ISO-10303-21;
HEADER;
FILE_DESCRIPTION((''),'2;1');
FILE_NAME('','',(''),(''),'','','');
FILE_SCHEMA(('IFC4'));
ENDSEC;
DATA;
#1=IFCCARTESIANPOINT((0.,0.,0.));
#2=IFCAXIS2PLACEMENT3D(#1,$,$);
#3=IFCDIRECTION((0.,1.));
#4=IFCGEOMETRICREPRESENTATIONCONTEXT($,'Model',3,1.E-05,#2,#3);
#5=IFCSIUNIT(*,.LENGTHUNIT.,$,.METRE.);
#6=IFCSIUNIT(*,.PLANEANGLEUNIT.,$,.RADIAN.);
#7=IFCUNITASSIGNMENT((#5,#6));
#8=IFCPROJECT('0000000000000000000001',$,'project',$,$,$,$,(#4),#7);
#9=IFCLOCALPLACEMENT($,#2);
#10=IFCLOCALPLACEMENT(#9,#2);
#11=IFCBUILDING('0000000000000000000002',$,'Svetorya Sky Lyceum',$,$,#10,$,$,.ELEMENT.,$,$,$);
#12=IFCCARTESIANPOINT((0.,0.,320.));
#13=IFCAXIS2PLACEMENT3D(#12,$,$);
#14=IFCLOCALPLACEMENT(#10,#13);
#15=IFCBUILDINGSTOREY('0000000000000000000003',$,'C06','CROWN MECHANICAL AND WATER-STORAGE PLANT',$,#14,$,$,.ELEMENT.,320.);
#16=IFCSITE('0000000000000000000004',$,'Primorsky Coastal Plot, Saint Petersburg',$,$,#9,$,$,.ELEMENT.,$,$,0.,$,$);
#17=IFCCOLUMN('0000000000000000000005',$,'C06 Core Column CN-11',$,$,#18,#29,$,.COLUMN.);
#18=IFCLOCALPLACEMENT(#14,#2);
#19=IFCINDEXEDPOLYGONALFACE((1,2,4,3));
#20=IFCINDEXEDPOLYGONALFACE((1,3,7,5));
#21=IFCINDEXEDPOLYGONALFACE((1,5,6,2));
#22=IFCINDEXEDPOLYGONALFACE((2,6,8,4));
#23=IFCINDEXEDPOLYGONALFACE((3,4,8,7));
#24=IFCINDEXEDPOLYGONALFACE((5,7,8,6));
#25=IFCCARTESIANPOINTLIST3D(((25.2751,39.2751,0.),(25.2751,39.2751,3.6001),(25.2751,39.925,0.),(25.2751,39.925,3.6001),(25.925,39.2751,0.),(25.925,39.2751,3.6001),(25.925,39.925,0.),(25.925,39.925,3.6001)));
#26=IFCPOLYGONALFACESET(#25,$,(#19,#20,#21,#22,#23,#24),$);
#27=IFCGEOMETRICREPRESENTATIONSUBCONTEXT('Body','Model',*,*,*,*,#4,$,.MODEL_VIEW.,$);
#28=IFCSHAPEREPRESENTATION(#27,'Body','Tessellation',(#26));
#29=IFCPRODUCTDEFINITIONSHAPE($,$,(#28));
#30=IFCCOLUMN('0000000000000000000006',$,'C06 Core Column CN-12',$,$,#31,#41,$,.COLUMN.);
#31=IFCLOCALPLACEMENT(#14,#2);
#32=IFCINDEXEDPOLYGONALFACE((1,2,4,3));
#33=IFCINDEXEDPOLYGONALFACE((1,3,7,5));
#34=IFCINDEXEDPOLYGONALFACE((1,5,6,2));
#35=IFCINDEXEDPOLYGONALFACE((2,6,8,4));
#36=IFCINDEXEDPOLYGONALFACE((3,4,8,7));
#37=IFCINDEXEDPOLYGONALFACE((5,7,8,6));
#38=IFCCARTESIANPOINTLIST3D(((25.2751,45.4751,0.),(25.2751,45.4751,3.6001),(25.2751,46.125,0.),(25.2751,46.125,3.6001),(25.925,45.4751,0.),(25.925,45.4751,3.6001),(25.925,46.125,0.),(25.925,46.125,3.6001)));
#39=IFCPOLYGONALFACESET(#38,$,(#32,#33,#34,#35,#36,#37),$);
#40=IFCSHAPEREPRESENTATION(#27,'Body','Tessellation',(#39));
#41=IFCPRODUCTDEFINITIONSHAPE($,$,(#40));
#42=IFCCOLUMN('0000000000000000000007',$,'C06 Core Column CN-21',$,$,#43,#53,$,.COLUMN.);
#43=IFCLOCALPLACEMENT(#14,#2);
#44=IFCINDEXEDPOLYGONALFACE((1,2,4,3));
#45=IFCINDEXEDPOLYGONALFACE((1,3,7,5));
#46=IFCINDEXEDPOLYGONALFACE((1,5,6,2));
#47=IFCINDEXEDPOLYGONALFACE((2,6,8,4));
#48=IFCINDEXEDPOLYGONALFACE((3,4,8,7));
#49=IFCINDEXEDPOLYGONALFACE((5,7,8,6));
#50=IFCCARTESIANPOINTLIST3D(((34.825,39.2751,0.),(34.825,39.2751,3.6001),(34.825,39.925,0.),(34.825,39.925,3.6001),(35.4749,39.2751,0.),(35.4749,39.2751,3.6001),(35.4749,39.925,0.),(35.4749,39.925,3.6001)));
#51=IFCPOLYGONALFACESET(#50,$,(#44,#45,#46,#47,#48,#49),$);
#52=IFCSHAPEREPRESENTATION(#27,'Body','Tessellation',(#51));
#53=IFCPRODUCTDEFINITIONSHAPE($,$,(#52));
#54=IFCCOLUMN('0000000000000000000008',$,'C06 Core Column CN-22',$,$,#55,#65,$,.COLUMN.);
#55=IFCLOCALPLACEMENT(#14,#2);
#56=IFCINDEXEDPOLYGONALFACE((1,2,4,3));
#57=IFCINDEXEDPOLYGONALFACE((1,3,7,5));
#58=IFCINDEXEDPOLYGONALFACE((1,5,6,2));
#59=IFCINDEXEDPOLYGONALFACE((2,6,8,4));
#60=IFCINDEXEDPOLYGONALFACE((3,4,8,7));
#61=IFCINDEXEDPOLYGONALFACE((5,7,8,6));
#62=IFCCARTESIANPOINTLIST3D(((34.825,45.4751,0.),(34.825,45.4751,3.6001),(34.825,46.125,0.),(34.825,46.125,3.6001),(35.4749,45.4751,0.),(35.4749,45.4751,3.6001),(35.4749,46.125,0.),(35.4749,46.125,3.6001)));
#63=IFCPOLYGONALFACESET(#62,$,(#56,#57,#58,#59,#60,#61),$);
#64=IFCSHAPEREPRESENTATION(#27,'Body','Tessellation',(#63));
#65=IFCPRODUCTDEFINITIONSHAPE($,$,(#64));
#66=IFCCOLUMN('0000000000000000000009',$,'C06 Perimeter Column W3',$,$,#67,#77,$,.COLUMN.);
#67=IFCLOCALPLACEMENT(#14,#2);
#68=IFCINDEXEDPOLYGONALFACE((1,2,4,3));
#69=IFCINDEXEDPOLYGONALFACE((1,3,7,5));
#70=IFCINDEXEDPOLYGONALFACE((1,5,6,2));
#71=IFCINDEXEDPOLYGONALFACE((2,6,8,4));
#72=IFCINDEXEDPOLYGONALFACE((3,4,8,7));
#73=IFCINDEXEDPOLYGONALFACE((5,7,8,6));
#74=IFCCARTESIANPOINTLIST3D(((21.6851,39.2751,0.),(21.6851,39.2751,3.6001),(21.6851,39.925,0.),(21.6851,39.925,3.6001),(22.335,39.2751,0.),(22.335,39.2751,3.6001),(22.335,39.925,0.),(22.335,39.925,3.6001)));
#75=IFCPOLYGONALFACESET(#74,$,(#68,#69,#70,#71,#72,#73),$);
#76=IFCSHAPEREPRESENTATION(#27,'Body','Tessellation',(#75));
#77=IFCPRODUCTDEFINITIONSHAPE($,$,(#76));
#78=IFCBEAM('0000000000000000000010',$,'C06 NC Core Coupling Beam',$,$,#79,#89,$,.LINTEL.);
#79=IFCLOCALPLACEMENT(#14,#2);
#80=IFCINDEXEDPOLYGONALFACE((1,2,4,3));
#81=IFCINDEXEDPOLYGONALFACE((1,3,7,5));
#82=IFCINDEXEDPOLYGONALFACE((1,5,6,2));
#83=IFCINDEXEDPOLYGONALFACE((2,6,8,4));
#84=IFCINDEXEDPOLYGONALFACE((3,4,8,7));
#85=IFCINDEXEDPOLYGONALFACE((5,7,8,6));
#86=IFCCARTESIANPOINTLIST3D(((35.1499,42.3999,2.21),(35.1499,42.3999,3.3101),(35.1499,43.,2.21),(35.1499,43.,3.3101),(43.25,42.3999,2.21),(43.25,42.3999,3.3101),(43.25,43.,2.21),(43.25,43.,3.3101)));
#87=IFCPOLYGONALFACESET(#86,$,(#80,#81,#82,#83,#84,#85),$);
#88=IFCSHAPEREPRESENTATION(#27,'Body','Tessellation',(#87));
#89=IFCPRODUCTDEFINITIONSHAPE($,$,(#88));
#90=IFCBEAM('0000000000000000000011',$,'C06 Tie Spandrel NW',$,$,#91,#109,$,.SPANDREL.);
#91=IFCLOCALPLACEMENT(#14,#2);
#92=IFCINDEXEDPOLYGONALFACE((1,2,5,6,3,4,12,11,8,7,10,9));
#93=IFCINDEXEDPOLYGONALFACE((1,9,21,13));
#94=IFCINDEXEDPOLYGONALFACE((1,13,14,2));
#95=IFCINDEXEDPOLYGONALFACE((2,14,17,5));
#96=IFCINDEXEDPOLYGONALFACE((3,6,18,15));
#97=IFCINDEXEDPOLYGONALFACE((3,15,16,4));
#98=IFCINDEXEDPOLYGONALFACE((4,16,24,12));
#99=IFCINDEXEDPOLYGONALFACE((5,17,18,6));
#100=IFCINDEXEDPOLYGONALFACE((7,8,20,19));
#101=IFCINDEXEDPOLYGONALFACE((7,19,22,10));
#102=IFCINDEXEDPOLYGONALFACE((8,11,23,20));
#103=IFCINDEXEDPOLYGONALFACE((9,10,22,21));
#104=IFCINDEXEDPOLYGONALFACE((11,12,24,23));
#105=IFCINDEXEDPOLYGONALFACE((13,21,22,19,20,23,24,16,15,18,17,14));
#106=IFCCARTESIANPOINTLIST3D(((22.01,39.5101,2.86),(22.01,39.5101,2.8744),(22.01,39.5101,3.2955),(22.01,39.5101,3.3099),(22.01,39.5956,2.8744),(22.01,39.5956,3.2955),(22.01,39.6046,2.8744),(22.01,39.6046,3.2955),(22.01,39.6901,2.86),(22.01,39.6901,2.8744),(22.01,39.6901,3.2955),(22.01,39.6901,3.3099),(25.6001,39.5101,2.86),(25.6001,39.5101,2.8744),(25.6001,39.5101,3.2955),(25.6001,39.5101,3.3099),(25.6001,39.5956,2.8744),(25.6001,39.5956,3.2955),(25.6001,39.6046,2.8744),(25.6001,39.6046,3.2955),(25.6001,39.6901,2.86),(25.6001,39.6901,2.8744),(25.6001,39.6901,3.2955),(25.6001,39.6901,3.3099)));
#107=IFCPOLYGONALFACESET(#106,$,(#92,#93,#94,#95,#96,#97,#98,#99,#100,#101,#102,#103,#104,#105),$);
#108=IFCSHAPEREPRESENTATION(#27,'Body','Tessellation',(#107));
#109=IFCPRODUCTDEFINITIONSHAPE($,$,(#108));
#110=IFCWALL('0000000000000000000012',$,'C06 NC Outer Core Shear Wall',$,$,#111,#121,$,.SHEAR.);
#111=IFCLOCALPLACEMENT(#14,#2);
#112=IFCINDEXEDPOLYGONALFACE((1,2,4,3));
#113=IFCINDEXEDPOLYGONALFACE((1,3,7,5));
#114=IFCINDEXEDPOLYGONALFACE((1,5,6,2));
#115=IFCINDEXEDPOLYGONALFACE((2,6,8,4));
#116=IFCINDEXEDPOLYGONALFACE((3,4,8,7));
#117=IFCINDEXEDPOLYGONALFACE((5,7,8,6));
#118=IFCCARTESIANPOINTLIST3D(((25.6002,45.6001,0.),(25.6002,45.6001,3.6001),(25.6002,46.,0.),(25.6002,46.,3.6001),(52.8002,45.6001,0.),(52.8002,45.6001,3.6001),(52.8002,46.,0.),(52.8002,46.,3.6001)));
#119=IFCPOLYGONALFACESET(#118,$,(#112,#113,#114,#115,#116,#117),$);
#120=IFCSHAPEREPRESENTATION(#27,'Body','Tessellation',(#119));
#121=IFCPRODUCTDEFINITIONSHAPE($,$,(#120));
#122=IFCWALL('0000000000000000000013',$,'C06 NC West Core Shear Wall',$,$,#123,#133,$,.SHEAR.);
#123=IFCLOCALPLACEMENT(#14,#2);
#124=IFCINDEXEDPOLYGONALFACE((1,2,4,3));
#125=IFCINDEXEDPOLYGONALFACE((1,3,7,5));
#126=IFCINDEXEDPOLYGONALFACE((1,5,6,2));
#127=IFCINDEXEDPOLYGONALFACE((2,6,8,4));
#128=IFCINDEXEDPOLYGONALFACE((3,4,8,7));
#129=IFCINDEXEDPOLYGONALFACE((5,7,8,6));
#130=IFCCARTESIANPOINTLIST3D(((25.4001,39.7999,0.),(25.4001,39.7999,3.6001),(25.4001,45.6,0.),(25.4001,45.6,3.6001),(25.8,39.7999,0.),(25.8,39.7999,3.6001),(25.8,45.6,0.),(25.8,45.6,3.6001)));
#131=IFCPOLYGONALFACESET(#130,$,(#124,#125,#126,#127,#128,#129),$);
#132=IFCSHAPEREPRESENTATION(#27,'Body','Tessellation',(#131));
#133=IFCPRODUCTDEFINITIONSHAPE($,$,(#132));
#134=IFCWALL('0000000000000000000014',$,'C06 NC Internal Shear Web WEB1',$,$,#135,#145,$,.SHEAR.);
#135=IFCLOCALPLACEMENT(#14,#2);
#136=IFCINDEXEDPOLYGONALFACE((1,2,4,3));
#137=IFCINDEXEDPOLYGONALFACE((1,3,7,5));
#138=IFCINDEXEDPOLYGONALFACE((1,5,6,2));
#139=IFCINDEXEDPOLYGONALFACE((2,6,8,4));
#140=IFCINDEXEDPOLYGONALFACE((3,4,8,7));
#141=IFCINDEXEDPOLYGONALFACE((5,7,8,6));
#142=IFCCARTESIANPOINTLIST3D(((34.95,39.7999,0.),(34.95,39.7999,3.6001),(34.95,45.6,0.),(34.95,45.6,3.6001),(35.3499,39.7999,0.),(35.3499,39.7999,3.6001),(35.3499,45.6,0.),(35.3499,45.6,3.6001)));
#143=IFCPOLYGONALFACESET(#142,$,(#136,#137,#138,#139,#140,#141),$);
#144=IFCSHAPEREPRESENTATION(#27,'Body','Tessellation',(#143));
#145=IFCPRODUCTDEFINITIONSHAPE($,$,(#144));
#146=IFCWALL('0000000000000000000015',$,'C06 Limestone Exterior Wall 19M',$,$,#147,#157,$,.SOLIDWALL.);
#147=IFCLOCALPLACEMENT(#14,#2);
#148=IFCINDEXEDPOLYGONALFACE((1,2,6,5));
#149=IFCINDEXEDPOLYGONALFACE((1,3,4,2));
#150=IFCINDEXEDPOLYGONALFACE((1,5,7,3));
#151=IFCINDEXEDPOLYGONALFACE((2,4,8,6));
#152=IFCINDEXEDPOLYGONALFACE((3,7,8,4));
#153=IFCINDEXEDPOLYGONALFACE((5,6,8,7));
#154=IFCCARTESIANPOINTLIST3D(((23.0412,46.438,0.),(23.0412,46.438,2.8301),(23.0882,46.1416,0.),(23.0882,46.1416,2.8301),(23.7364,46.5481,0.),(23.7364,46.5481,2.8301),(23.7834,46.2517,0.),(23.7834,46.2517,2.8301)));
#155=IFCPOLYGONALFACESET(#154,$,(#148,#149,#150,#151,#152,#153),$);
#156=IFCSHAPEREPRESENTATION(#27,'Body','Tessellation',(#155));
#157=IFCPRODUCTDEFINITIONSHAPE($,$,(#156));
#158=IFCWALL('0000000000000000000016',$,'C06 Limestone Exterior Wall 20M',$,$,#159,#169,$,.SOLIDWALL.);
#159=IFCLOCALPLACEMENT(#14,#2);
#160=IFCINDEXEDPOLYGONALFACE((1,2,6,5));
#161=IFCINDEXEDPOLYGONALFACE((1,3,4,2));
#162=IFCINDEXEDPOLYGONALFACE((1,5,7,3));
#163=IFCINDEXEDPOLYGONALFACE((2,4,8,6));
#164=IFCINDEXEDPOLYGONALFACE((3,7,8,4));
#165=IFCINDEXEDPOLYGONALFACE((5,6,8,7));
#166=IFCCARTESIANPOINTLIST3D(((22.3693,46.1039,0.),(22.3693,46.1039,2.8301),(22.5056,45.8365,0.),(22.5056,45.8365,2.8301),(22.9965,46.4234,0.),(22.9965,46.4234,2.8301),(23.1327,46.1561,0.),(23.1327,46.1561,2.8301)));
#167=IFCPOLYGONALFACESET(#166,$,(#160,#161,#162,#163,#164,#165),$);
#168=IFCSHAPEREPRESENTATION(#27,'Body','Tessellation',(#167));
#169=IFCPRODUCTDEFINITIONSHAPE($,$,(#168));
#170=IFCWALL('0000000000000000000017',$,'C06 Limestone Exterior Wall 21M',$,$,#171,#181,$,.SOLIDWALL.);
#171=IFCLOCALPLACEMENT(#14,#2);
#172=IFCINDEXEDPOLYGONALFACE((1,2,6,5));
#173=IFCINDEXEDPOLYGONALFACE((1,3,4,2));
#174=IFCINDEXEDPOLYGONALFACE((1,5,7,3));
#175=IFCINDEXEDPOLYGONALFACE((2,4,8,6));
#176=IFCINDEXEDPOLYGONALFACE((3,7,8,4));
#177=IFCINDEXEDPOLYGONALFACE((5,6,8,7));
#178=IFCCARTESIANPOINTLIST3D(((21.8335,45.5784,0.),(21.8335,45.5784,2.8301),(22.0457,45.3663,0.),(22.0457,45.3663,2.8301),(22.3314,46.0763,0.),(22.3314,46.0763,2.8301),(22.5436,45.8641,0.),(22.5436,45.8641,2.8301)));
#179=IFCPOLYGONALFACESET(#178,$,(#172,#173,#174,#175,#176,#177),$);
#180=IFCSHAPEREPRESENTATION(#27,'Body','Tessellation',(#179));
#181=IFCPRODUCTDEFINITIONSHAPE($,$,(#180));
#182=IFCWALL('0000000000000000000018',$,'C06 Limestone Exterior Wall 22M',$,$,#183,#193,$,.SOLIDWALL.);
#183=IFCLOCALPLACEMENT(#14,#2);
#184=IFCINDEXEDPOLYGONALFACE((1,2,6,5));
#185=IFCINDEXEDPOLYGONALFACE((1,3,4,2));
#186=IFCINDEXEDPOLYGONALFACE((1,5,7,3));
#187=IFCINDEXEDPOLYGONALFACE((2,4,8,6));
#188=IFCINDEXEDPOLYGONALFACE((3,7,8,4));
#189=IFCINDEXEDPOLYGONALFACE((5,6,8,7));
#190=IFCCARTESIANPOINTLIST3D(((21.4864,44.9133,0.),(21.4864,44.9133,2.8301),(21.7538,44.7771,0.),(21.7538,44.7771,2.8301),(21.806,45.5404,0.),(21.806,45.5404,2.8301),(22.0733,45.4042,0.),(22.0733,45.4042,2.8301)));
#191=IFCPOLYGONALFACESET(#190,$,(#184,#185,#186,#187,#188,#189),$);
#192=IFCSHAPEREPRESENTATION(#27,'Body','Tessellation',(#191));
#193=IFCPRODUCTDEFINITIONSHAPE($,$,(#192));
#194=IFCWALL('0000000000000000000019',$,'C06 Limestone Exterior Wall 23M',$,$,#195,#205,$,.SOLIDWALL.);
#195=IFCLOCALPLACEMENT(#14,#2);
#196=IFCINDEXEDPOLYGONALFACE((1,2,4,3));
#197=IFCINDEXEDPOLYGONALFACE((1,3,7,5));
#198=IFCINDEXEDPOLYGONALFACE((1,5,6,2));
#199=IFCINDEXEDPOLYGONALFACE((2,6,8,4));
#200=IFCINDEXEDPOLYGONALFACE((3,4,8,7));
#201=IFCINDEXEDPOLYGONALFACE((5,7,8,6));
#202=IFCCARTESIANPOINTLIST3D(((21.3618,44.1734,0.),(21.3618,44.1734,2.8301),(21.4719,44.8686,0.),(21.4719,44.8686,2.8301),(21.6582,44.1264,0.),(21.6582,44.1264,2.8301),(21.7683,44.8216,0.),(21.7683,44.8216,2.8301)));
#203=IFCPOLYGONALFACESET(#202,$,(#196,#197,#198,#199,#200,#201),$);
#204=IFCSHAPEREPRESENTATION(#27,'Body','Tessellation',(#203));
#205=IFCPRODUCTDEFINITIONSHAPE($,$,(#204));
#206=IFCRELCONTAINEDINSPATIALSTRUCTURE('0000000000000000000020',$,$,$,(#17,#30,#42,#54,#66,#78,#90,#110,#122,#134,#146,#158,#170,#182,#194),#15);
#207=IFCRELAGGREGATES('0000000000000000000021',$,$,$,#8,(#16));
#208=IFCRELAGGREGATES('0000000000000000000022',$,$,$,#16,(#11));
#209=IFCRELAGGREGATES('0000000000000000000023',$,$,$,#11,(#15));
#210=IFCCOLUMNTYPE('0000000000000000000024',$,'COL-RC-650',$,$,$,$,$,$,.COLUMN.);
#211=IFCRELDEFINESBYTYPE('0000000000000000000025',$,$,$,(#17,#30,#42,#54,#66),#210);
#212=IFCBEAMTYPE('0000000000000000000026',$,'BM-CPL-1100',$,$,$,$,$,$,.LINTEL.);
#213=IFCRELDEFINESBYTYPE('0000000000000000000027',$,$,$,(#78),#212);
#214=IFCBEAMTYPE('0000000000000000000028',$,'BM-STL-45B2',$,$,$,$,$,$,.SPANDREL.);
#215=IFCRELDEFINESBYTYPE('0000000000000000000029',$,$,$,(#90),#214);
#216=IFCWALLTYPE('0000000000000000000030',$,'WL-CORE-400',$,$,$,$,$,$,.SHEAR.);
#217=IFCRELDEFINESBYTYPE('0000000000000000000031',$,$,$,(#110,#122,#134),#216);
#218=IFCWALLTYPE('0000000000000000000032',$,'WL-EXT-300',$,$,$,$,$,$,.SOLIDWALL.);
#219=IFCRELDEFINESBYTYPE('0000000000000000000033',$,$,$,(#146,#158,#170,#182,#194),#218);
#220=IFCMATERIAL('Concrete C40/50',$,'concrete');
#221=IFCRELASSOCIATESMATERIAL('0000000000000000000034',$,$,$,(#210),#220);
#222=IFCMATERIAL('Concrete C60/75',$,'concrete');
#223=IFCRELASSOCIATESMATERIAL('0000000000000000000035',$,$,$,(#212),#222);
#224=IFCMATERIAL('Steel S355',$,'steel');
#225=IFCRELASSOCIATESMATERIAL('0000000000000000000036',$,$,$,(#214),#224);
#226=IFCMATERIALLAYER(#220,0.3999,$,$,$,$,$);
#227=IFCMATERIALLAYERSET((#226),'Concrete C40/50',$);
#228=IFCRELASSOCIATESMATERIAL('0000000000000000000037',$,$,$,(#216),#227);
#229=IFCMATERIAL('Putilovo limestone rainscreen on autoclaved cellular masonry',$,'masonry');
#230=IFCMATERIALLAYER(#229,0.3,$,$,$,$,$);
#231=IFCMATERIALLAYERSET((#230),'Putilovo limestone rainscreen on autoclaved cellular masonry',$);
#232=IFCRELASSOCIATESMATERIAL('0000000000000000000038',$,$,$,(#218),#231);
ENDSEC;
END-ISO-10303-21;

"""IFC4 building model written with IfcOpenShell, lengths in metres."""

from ifc_helpers import new_model, si_unit, direction, frame, frame_2d, origin, origin_2d, place, context, subcontext, project, spatial, rectangle, i_section, extrude, material, layer, layer_set, material_profile, profile_set, type_object, element, save


model = new_model("IFC4")

# Units and contexts
model_context = context("Model", 3, precision=1e-05, world=origin(), true_north=direction((0.0, 1.0)))
body_context = subcontext(model_context, "Body", "Model", "MODEL_VIEW")
ifc_project = project(units=[si_unit("LENGTHUNIT", "METRE"), si_unit("PLANEANGLEUNIT", "RADIAN")], contexts=[model_context])

# Site, building, storey
site_placement = place(None, origin())
site = spatial("IfcSite", under=ifc_project, at=site_placement, Name="Primorsky Coastal Plot, Saint Petersburg", CompositionType="ELEMENT", RefElevation=0.0)
building_placement = place(site_placement, origin())
building = spatial("IfcBuilding", under=site, at=building_placement, Name="Svetorya Sky Lyceum", CompositionType="ELEMENT")
storey_placement = place(building_placement, frame((0.0, 0.0, 320.0)))
storey = spatial("IfcBuildingStorey", under=building, at=storey_placement, Name="C06", Description="CROWN MECHANICAL AND WATER-STORAGE PLANT", CompositionType="ELEMENT", Elevation=320.0)

# Columns
ifc_material_1 = material(Name="Concrete C40/50", Category="concrete")
ifc_material_profile_1 = material_profile(ifc_material_1, rectangle(XDim=0.6499, YDim=0.6499, at=origin_2d()), Name="RC COL 650x650")
ifc_profile_set_1 = profile_set([ifc_material_profile_1], Name="Concrete C40/50")
column_type = type_object("IfcColumnType", Name="COL-RC-650", PredefinedType="COLUMN", material=ifc_profile_set_1)
for number, where, z_axis, x_axis, name in (
    (1, (25.6001, 39.6001, 0.0), (0.0, 0.0, 1.0), (1.0, 0.0, 0.0), "C06 Core Column CN-11"),
    (2, (25.6001, 45.8, 0.0), (0.0, 0.0, 1.0), (1.0, 0.0, 0.0), "C06 Core Column CN-12"),
    (3, (35.1499, 39.6001, 0.0), (0.0, 0.0, 1.0), (1.0, 0.0, 0.0), "C06 Core Column CN-21"),
    (4, (35.1499, 45.8, 0.0), (0.0, 0.0, 1.0), (1.0, 0.0, 0.0), "C06 Core Column CN-22"),
    (5, (22.01, 39.6001, 0.0), (0.0, 0.0, 1.0), (1.0, 0.0, 0.0), "C06 Perimeter Column W3"),
):
    element("IfcColumn", number, at=place(storey_placement, frame(where, z_axis=z_axis, x_axis=x_axis)), inside=storey, type_object=column_type, Name=name, PredefinedType="COLUMN", context=body_context, shape_type="SweptSolid", body=[
        extrude(rectangle(XDim=0.6499, YDim=0.6499, at=origin_2d()), origin(), (0.0, 0.0, 1.0), 3.6001),
    ])

# Beams
ifc_material_2 = material(Name="Concrete C60/75", Category="concrete")
ifc_material_profile_2 = material_profile(ifc_material_2, rectangle(XDim=0.6001, YDim=1.1001, at=origin_2d()), Name="RC COUPLING 600x1100")
ifc_profile_set_2 = profile_set([ifc_material_profile_2], Name="Concrete C60/75")
beam_type_1 = type_object("IfcBeamType", Name="BM-CPL-1100", PredefinedType="LINTEL", material=ifc_profile_set_2)
beam_1_placement = place(storey_placement, frame((35.1499, 42.7, 2.76), z_axis=(1.0, 0.0, 0.0), x_axis=(0.0, 1.0, 0.0)))
element("IfcBeam", 6, at=beam_1_placement, inside=storey, type_object=beam_type_1, Name="C06 NC Core Coupling Beam", PredefinedType="LINTEL", context=body_context, shape_type="SweptSolid", body=[
    extrude(rectangle(XDim=0.6001, YDim=1.1001, at=origin_2d()), origin(), (0.0, 0.0, 1.0), 8.1001),
])
ifc_material_3 = material(Name="Steel S355", Category="steel")
ifc_material_profile_3 = material_profile(ifc_material_3, i_section(OverallWidth=0.1799, OverallDepth=0.45, WebThickness=0.009, FlangeThickness=0.0144, at=origin_2d()), Name="GOST 45B2")
ifc_profile_set_3 = profile_set([ifc_material_profile_3], Name="Steel S355")
beam_type_2 = type_object("IfcBeamType", Name="BM-STL-45B2", PredefinedType="SPANDREL", material=ifc_profile_set_3)
beam_2_placement = place(storey_placement, frame((22.01, 39.6001, 3.085), z_axis=(1.0, 0.0, 0.0), x_axis=(0.0, 1.0, 0.0)))
element("IfcBeam", 7, at=beam_2_placement, inside=storey, type_object=beam_type_2, Name="C06 Tie Spandrel NW", PredefinedType="SPANDREL", context=body_context, shape_type="SweptSolid", body=[
    extrude(i_section(OverallWidth=0.1799, OverallDepth=0.45, WebThickness=0.009, FlangeThickness=0.0144, at=origin_2d()), origin(), (0.0, 0.0, 1.0), 3.5901),
])

# Walls
ifc_layer_1 = layer(ifc_material_1, 0.3999)
ifc_layer_set_1 = layer_set([ifc_layer_1], Name="Concrete C40/50")
wall_type_1 = type_object("IfcWallType", Name="WL-CORE-400", PredefinedType="SHEAR", material=ifc_layer_set_1)
wall_1_placement = place(storey_placement, frame((25.6001, 45.8, 0.0), z_axis=(0.0, 0.0, 1.0), x_axis=(1.0, 0.0, 0.0)))
element("IfcWall", 8, at=wall_1_placement, inside=storey, type_object=wall_type_1, Name="C06 NC Outer Core Shear Wall", PredefinedType="SHEAR", context=body_context, shape_type="SweptSolid", body=[
    extrude(rectangle(XDim=27.2, YDim=0.3999, at=frame_2d((13.6001, 0.0))), origin(), (0.0, 0.0, 1.0), 3.6001),
])
for number, where, z_axis, x_axis, name in (
    (9, (25.6001, 39.8, 0.0), (0.0, 0.0, 1.0), (0.0, 1.0, 0.0), "C06 NC West Core Shear Wall"),
    (10, (35.1499, 39.8, 0.0), (0.0, 0.0, 1.0), (0.0, 1.0, 0.0), "C06 NC Internal Shear Web WEB1"),
):
    element("IfcWall", number, at=place(storey_placement, frame(where, z_axis=z_axis, x_axis=x_axis)), inside=storey, type_object=wall_type_1, Name=name, PredefinedType="SHEAR", context=body_context, shape_type="SweptSolid", body=[
        extrude(rectangle(XDim=5.8, YDim=0.3999, at=frame_2d((2.8999, 0.0))), origin(), (0.0, 0.0, 1.0), 3.6001),
    ])
ifc_material_4 = material(Name="Putilovo limestone rainscreen on autoclaved cellular masonry", Category="masonry")
ifc_layer_2 = layer(ifc_material_4, 0.3)
ifc_layer_set_2 = layer_set([ifc_layer_2], Name="Putilovo limestone rainscreen on autoclaved cellular masonry")
wall_type_2 = type_object("IfcWallType", Name="WL-EXT-300", PredefinedType="SOLIDWALL", material=ifc_layer_set_2)
for number, where, z_axis, x_axis, name in (
    (11, (23.76, 46.3999, 0.0), (0.0, 0.0, 1.0), (-0.987693, -0.156408, 0.0), "C06 Limestone Exterior Wall 19M"),
    (12, (23.0647, 46.2898, 0.0), (0.0, 0.0, 1.0), (-0.891002, -0.453999, 0.0), "C06 Limestone Exterior Wall 20M"),
):
    element("IfcWall", number, at=place(storey_placement, frame(where, z_axis=z_axis, x_axis=x_axis)), inside=storey, type_object=wall_type_2, Name=name, PredefinedType="SOLIDWALL", context=body_context, shape_type="SweptSolid", body=[
        extrude(rectangle(XDim=0.7039, YDim=0.3, at=frame_2d((0.3521, 0.0))), origin(), (0.0, 0.0, 1.0), 2.8301),
    ])
wall_2_placement = place(storey_placement, frame((22.4375, 45.9702, 0.0), z_axis=(0.0, 0.0, 1.0), x_axis=(-0.707107, -0.707107, 0.0)))
element("IfcWall", 13, at=wall_2_placement, inside=storey, type_object=wall_type_2, Name="C06 Limestone Exterior Wall 21M", PredefinedType="SOLIDWALL", context=body_context, shape_type="SweptSolid", body=[
    extrude(rectangle(XDim=0.7041, YDim=0.3, at=frame_2d((0.3521, 0.0))), origin(), (0.0, 0.0, 1.0), 2.8301),
])
for number, where, z_axis, x_axis, name in (
    (14, (21.9397, 45.4724, 0.0), (0.0, 0.0, 1.0), (-0.453999, -0.891002, 0.0), "C06 Limestone Exterior Wall 22M"),
    (15, (21.6201, 44.8452, 0.0), (0.0, 0.0, 1.0), (-0.156408, -0.987693, 0.0), "C06 Limestone Exterior Wall 23M"),
):
    element("IfcWall", number, at=place(storey_placement, frame(where, z_axis=z_axis, x_axis=x_axis)), inside=storey, type_object=wall_type_2, Name=name, PredefinedType="SOLIDWALL", context=body_context, shape_type="SweptSolid", body=[
        extrude(rectangle(XDim=0.7039, YDim=0.3, at=frame_2d((0.3521, 0.0))), origin(), (0.0, 0.0, 1.0), 2.8301),
    ])

save(model, "model.ifc")
